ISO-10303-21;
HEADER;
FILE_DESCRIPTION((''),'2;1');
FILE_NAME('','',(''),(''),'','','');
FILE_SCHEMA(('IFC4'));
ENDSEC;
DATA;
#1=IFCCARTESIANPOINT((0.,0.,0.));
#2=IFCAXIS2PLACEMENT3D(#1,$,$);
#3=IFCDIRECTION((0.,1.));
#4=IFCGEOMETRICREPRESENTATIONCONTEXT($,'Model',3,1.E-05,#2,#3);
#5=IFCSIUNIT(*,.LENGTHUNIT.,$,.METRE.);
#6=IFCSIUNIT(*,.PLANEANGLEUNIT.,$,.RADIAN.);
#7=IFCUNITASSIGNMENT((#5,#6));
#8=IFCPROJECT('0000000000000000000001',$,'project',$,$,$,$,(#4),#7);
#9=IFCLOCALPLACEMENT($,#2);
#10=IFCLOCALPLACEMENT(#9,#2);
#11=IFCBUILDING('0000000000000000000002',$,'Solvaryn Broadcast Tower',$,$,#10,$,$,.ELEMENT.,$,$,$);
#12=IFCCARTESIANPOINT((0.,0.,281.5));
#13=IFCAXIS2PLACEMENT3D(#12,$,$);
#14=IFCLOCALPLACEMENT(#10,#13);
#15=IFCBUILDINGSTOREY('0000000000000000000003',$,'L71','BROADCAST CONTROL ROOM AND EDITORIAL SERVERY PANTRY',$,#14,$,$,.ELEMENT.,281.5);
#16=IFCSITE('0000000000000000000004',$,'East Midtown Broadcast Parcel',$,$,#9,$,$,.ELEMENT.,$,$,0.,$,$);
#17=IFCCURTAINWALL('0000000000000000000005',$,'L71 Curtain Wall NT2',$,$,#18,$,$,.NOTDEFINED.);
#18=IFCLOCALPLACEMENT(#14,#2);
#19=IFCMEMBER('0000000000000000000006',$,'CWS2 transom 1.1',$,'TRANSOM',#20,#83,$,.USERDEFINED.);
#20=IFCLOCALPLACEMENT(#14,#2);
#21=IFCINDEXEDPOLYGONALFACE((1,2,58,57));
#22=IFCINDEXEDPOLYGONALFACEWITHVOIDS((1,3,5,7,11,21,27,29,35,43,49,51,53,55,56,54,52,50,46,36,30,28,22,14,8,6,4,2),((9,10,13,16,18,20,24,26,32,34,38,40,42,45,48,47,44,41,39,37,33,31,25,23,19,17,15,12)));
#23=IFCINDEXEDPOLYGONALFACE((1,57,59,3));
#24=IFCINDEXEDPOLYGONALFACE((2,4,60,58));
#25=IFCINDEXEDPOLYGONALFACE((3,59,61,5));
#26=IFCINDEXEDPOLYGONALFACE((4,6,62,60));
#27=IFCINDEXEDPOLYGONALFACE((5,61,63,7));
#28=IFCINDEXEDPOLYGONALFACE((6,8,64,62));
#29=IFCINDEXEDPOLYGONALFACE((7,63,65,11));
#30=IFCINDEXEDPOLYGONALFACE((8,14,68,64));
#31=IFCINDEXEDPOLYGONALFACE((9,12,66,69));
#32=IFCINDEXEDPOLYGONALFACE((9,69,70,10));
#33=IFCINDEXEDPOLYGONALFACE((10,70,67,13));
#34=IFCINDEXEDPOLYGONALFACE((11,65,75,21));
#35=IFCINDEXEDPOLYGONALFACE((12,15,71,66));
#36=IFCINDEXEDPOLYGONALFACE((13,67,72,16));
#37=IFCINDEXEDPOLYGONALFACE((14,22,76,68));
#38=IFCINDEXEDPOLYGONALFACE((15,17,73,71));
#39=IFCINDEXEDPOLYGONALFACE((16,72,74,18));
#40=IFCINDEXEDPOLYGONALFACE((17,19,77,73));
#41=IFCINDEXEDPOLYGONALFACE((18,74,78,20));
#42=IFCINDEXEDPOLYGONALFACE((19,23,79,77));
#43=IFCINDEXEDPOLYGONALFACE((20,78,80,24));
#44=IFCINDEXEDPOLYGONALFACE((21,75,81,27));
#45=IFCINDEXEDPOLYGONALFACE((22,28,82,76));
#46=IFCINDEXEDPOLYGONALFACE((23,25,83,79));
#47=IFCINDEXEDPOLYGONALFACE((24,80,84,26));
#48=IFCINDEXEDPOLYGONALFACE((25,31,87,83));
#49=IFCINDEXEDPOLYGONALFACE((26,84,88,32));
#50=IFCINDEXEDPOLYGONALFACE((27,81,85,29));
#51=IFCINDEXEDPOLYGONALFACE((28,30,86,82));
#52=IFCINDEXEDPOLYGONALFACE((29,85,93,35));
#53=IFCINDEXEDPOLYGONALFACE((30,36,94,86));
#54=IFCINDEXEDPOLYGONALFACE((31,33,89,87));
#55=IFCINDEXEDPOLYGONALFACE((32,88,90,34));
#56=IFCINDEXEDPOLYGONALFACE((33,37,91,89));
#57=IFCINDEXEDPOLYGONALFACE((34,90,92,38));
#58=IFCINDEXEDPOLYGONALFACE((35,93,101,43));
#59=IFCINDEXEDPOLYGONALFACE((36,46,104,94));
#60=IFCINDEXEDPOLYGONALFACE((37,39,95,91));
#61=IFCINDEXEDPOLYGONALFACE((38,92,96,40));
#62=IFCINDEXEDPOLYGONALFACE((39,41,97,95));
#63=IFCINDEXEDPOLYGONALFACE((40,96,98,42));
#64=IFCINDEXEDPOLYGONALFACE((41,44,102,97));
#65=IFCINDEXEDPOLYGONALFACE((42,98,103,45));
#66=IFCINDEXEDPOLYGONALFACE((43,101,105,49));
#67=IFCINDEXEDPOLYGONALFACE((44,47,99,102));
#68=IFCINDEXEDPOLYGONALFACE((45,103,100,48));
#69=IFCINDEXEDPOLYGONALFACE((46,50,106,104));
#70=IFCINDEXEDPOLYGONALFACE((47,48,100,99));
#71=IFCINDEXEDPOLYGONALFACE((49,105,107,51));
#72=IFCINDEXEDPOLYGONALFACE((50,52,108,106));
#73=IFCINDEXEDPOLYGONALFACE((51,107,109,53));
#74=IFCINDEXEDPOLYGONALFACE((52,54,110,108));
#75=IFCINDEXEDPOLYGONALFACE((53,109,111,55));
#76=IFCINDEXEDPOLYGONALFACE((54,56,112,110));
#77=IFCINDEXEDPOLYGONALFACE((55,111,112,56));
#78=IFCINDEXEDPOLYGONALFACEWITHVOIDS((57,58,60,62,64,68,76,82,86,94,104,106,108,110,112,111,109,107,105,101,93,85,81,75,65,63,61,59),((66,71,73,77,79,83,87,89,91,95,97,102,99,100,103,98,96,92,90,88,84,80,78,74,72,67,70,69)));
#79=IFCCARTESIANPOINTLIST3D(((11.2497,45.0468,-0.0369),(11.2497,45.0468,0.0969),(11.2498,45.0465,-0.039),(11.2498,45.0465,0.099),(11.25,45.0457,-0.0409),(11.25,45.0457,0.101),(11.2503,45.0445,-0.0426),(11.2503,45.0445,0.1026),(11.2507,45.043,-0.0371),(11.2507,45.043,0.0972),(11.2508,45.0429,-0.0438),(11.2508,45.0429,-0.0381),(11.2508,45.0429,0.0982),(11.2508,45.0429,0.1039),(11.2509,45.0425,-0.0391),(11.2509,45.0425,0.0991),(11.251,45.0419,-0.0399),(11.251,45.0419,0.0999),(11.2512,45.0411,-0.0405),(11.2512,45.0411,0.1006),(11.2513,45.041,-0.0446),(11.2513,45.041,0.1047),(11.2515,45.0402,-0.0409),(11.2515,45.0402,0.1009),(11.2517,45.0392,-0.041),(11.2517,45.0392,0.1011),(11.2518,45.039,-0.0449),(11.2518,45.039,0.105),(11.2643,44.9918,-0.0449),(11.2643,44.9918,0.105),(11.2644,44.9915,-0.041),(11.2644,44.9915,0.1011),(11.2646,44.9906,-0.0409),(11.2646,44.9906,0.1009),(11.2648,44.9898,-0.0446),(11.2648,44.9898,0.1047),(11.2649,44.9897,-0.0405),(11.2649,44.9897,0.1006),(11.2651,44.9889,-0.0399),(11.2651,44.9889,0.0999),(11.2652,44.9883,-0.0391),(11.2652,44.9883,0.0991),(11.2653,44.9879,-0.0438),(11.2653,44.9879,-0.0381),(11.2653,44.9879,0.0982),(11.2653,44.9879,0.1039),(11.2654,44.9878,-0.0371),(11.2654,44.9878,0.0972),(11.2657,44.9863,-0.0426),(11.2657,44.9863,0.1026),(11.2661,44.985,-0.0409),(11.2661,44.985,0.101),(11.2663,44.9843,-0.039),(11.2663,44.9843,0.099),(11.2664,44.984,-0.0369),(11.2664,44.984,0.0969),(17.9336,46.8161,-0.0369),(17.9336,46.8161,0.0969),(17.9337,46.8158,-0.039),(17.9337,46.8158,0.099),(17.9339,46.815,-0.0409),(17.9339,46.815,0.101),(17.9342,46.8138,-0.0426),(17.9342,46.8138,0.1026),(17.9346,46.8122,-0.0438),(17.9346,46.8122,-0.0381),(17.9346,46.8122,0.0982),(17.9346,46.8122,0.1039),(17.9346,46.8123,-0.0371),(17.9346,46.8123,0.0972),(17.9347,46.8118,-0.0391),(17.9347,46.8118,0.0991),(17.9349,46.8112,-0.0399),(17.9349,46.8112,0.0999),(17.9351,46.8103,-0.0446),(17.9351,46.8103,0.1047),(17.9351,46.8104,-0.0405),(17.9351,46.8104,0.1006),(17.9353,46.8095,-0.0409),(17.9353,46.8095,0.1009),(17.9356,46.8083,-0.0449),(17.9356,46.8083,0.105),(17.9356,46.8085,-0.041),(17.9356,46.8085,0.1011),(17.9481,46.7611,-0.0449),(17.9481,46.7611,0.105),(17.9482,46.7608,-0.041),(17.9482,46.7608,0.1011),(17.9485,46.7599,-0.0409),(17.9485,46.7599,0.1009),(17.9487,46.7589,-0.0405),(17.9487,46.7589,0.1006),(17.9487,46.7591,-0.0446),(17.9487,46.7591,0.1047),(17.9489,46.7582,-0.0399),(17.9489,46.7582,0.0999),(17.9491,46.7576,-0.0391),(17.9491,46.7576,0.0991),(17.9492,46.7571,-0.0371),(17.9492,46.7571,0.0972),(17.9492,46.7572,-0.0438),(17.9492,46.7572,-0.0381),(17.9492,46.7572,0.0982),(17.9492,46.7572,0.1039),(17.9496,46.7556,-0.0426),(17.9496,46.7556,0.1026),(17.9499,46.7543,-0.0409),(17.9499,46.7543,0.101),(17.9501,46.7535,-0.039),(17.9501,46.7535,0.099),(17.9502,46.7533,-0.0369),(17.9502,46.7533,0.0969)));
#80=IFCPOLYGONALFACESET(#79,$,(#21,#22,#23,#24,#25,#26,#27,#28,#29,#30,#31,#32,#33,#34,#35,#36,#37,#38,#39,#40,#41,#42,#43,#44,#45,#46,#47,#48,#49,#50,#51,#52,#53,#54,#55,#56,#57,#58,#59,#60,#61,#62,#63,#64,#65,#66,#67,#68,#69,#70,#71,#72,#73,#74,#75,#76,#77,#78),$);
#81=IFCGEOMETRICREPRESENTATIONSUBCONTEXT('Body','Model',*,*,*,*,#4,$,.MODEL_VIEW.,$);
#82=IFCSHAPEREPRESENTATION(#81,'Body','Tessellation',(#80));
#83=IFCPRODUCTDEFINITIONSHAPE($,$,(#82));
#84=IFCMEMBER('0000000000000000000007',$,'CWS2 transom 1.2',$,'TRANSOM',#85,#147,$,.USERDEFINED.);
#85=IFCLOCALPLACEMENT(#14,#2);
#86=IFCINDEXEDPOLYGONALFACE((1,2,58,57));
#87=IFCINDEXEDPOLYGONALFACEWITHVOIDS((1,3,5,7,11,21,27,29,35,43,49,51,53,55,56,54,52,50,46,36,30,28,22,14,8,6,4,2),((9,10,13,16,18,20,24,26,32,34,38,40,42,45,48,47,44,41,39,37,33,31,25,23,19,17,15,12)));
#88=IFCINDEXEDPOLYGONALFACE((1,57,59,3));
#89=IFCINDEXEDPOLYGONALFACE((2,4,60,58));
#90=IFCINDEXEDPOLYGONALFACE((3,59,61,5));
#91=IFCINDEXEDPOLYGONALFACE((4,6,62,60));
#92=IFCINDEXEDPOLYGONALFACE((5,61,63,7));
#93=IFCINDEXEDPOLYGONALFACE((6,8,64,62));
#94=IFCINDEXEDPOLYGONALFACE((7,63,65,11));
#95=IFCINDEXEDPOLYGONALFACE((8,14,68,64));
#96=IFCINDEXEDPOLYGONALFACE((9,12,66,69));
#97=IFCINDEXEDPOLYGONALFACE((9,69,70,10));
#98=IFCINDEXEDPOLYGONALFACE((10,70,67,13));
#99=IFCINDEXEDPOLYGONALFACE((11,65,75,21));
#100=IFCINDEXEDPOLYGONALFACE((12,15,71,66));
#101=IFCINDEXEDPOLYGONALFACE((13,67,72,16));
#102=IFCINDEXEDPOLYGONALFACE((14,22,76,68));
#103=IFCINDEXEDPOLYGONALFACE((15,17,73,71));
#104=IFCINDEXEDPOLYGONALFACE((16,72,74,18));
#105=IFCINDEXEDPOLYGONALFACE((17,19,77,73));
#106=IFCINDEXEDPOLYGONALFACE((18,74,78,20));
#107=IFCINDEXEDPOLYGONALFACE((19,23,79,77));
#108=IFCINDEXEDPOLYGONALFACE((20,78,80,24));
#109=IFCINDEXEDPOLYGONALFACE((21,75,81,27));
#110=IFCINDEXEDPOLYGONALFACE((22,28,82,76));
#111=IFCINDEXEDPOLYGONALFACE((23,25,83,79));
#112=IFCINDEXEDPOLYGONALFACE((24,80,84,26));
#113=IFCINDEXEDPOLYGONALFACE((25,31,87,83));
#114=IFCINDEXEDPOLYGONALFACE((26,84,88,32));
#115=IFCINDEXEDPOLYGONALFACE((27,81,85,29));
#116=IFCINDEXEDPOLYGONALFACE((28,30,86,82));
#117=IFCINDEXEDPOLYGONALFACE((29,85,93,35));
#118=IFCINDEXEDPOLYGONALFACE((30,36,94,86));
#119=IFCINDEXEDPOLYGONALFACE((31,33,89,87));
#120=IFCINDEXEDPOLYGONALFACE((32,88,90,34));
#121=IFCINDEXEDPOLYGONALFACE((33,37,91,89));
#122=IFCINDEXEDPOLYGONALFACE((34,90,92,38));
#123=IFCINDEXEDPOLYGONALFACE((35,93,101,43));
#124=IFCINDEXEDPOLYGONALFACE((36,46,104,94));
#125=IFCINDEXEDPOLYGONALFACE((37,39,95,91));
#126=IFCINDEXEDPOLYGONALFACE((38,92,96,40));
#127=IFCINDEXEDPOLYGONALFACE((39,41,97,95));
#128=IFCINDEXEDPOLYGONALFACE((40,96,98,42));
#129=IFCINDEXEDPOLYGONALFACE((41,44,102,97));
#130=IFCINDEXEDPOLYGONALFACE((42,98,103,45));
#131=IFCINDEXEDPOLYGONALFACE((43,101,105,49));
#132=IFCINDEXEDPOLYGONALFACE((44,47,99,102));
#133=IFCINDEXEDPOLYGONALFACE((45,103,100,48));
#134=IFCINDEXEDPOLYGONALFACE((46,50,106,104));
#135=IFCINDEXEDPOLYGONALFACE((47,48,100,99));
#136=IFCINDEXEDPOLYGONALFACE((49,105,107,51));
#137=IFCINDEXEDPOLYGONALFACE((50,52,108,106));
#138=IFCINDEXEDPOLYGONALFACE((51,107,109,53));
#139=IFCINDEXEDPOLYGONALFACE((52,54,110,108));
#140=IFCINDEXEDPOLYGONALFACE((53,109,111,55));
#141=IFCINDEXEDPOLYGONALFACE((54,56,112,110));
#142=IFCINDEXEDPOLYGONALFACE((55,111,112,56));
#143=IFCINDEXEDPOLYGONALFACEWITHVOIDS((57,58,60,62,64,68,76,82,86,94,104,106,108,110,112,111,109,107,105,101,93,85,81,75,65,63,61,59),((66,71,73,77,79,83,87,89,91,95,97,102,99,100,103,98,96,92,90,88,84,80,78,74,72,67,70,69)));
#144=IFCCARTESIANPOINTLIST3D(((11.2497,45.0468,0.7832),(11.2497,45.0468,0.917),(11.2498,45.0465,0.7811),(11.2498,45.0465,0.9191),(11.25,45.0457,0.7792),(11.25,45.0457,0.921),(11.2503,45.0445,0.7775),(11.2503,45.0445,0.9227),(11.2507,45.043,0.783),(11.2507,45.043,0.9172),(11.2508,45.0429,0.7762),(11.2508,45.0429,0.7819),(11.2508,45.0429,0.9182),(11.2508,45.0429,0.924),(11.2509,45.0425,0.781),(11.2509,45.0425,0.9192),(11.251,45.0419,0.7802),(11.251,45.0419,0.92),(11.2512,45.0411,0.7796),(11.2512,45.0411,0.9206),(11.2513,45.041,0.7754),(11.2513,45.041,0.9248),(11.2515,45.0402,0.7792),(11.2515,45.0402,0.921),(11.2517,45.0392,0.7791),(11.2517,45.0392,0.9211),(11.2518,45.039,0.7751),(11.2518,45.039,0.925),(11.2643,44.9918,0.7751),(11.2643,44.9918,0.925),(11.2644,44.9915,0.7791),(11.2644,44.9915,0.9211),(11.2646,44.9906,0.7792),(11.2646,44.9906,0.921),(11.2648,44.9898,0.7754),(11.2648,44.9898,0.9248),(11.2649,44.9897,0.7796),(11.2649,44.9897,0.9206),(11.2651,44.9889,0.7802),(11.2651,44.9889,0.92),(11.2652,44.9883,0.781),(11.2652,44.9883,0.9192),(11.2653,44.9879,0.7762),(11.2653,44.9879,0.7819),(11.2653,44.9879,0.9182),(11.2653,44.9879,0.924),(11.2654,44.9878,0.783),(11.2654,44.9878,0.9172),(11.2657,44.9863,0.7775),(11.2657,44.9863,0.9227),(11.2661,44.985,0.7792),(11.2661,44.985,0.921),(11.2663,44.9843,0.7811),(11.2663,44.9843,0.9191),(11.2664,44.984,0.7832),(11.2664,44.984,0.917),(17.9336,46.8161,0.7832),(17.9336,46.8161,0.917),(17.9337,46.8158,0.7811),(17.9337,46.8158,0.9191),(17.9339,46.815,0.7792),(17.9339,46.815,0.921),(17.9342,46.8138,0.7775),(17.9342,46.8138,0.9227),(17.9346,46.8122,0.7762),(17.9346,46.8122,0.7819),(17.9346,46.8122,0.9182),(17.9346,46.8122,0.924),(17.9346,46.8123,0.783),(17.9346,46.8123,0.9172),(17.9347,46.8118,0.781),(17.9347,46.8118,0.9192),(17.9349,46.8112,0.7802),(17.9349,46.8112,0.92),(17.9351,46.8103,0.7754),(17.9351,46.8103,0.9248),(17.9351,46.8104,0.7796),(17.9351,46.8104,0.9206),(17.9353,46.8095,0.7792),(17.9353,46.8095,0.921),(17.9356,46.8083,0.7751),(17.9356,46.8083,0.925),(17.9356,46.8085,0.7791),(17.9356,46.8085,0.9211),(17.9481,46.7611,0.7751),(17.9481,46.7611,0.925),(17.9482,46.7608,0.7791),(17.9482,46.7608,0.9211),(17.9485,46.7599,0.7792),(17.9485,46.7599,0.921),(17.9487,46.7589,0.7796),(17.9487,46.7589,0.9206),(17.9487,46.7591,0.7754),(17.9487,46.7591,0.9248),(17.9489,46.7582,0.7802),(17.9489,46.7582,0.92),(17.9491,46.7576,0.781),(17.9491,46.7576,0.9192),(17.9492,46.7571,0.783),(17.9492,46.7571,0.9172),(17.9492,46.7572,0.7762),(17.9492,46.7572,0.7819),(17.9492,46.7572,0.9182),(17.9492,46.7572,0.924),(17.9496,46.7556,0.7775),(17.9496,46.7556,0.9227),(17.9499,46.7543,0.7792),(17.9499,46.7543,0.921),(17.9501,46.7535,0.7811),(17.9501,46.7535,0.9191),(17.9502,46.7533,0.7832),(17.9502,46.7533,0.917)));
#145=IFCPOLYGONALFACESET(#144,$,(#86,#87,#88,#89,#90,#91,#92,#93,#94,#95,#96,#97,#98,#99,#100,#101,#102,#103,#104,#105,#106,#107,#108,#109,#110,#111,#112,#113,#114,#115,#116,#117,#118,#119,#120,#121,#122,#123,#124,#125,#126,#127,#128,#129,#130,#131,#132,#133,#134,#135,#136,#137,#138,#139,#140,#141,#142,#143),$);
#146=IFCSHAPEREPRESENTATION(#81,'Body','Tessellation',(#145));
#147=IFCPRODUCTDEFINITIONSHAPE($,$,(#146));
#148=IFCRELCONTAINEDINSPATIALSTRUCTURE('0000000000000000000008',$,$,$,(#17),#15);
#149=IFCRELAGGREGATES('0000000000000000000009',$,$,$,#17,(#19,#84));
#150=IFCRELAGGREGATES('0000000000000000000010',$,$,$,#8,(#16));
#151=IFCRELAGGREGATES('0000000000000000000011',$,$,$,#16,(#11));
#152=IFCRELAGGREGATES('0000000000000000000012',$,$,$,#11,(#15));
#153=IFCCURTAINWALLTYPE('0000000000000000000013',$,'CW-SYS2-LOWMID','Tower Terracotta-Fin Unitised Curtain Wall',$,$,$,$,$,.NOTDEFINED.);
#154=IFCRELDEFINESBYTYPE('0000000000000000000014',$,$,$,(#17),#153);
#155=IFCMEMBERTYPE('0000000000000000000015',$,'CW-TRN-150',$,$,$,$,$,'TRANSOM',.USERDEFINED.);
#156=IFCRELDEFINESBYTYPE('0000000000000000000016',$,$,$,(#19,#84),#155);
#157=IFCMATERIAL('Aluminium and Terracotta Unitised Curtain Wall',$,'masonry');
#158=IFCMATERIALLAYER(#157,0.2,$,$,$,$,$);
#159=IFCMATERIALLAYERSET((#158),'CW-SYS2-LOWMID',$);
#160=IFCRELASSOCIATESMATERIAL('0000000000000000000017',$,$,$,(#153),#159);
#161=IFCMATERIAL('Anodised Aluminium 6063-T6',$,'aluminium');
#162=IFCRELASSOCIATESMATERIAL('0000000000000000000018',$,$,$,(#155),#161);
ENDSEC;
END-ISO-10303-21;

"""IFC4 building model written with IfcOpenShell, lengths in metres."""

from ifc_helpers import new_model, si_unit, direction, frame, origin, origin_2d, place, context, subcontext, project, spatial, hollow_rectangle, extrude, material, layer, layer_set, material_profile, profile_set, type_object, element, aggregate, save


model = new_model("IFC4")

# Units and contexts
model_context = context("Model", 3, precision=1e-05, world=origin(), true_north=direction((0.0, 1.0)))
body_context = subcontext(model_context, "Body", "Model", "MODEL_VIEW")
ifc_project = project(units=[si_unit("LENGTHUNIT", "METRE"), si_unit("PLANEANGLEUNIT", "RADIAN")], contexts=[model_context])

# Site, building, storey
site_placement = place(None, origin())
site = spatial("IfcSite", under=ifc_project, at=site_placement, Name="East Midtown Broadcast Parcel", CompositionType="ELEMENT", RefElevation=0.0)
building_placement = place(site_placement, origin())
building = spatial("IfcBuilding", under=site, at=building_placement, Name="Solvaryn Broadcast Tower", CompositionType="ELEMENT")
storey_placement = place(building_placement, frame((0.0, 0.0, 281.5)))
storey = spatial("IfcBuildingStorey", under=building, at=storey_placement, Name="L71", Description="BROADCAST CONTROL ROOM AND EDITORIAL SERVERY PANTRY", CompositionType="ELEMENT", Elevation=281.5)

# Shared definitions
ifc_material_1 = material(Name="Aluminium and Terracotta Unitised Curtain Wall", Category="masonry")
ifc_layer_1 = layer(ifc_material_1, 0.2)
ifc_layer_set_1 = layer_set([ifc_layer_1], Name="CW-SYS2-LOWMID")
curtain_wall_type = type_object("IfcCurtainWallType", Name="CW-SYS2-LOWMID", Description="Tower Terracotta-Fin Unitised Curtain Wall", PredefinedType="NOTDEFINED", material=ifc_layer_set_1)

# Curtain wall
curtain_wall_1_placement = place(storey_placement, origin())
curtain_wall_1 = element("IfcCurtainWall", 1, at=curtain_wall_1_placement, inside=storey, type_object=curtain_wall_type, Name="L71 Curtain Wall NT2", PredefinedType="NOTDEFINED")

# Members
ifc_material_2 = material(Name="Anodised Aluminium 6063-T6", Category="aluminium")
ifc_material_profile_1 = material_profile(ifc_material_2, hollow_rectangle(XDim=0.0649, YDim=0.1499, WallThickness=0.0039, InnerFilletRadius=0.0039, OuterFilletRadius=0.0081, at=origin_2d()))
ifc_profile_set_1 = profile_set([ifc_material_profile_1], Name="Anodised Aluminium 6063-T6")
member_type_1 = type_object("IfcMemberType", Name="CW-TRN-150", ElementType="TRANSOM", PredefinedType="USERDEFINED", material=ifc_profile_set_1)
member_1_placement = place(storey_placement, frame((17.9419, 46.7847, 0.03), z_axis=(-0.966704, -0.255897, 0.0), x_axis=(0.255897, -0.966704, 0.0)))
member_1 = element("IfcMember", 2, at=member_1_placement, type_object=member_type_1, Name="CWS2 transom 1.1", ObjectType="TRANSOM", PredefinedType="USERDEFINED", context=body_context, shape_type="SweptSolid", body=[
    extrude(hollow_rectangle(XDim=0.0649, YDim=0.1499, WallThickness=0.0039, InnerFilletRadius=0.0039, OuterFilletRadius=0.0081, at=origin_2d()), origin(), (0.0, 0.0, 1.0), 6.9141),
])
member_2_placement = place(storey_placement, frame((17.9419, 46.7847, 0.8501), z_axis=(-0.966704, -0.255897, 0.0), x_axis=(0.255897, -0.966704, 0.0)))
member_2 = element("IfcMember", 3, at=member_2_placement, type_object=member_type_1, Name="CWS2 transom 1.2", ObjectType="TRANSOM", PredefinedType="USERDEFINED", context=body_context, shape_type="SweptSolid", body=[
    extrude(hollow_rectangle(XDim=0.0649, YDim=0.1499, WallThickness=0.0039, InnerFilletRadius=0.0039, OuterFilletRadius=0.0081, at=origin_2d()), origin(), (0.0, 0.0, 1.0), 6.9141),
])

aggregate(curtain_wall_1, [member_1, member_2])

save(model, "model.ifc")
